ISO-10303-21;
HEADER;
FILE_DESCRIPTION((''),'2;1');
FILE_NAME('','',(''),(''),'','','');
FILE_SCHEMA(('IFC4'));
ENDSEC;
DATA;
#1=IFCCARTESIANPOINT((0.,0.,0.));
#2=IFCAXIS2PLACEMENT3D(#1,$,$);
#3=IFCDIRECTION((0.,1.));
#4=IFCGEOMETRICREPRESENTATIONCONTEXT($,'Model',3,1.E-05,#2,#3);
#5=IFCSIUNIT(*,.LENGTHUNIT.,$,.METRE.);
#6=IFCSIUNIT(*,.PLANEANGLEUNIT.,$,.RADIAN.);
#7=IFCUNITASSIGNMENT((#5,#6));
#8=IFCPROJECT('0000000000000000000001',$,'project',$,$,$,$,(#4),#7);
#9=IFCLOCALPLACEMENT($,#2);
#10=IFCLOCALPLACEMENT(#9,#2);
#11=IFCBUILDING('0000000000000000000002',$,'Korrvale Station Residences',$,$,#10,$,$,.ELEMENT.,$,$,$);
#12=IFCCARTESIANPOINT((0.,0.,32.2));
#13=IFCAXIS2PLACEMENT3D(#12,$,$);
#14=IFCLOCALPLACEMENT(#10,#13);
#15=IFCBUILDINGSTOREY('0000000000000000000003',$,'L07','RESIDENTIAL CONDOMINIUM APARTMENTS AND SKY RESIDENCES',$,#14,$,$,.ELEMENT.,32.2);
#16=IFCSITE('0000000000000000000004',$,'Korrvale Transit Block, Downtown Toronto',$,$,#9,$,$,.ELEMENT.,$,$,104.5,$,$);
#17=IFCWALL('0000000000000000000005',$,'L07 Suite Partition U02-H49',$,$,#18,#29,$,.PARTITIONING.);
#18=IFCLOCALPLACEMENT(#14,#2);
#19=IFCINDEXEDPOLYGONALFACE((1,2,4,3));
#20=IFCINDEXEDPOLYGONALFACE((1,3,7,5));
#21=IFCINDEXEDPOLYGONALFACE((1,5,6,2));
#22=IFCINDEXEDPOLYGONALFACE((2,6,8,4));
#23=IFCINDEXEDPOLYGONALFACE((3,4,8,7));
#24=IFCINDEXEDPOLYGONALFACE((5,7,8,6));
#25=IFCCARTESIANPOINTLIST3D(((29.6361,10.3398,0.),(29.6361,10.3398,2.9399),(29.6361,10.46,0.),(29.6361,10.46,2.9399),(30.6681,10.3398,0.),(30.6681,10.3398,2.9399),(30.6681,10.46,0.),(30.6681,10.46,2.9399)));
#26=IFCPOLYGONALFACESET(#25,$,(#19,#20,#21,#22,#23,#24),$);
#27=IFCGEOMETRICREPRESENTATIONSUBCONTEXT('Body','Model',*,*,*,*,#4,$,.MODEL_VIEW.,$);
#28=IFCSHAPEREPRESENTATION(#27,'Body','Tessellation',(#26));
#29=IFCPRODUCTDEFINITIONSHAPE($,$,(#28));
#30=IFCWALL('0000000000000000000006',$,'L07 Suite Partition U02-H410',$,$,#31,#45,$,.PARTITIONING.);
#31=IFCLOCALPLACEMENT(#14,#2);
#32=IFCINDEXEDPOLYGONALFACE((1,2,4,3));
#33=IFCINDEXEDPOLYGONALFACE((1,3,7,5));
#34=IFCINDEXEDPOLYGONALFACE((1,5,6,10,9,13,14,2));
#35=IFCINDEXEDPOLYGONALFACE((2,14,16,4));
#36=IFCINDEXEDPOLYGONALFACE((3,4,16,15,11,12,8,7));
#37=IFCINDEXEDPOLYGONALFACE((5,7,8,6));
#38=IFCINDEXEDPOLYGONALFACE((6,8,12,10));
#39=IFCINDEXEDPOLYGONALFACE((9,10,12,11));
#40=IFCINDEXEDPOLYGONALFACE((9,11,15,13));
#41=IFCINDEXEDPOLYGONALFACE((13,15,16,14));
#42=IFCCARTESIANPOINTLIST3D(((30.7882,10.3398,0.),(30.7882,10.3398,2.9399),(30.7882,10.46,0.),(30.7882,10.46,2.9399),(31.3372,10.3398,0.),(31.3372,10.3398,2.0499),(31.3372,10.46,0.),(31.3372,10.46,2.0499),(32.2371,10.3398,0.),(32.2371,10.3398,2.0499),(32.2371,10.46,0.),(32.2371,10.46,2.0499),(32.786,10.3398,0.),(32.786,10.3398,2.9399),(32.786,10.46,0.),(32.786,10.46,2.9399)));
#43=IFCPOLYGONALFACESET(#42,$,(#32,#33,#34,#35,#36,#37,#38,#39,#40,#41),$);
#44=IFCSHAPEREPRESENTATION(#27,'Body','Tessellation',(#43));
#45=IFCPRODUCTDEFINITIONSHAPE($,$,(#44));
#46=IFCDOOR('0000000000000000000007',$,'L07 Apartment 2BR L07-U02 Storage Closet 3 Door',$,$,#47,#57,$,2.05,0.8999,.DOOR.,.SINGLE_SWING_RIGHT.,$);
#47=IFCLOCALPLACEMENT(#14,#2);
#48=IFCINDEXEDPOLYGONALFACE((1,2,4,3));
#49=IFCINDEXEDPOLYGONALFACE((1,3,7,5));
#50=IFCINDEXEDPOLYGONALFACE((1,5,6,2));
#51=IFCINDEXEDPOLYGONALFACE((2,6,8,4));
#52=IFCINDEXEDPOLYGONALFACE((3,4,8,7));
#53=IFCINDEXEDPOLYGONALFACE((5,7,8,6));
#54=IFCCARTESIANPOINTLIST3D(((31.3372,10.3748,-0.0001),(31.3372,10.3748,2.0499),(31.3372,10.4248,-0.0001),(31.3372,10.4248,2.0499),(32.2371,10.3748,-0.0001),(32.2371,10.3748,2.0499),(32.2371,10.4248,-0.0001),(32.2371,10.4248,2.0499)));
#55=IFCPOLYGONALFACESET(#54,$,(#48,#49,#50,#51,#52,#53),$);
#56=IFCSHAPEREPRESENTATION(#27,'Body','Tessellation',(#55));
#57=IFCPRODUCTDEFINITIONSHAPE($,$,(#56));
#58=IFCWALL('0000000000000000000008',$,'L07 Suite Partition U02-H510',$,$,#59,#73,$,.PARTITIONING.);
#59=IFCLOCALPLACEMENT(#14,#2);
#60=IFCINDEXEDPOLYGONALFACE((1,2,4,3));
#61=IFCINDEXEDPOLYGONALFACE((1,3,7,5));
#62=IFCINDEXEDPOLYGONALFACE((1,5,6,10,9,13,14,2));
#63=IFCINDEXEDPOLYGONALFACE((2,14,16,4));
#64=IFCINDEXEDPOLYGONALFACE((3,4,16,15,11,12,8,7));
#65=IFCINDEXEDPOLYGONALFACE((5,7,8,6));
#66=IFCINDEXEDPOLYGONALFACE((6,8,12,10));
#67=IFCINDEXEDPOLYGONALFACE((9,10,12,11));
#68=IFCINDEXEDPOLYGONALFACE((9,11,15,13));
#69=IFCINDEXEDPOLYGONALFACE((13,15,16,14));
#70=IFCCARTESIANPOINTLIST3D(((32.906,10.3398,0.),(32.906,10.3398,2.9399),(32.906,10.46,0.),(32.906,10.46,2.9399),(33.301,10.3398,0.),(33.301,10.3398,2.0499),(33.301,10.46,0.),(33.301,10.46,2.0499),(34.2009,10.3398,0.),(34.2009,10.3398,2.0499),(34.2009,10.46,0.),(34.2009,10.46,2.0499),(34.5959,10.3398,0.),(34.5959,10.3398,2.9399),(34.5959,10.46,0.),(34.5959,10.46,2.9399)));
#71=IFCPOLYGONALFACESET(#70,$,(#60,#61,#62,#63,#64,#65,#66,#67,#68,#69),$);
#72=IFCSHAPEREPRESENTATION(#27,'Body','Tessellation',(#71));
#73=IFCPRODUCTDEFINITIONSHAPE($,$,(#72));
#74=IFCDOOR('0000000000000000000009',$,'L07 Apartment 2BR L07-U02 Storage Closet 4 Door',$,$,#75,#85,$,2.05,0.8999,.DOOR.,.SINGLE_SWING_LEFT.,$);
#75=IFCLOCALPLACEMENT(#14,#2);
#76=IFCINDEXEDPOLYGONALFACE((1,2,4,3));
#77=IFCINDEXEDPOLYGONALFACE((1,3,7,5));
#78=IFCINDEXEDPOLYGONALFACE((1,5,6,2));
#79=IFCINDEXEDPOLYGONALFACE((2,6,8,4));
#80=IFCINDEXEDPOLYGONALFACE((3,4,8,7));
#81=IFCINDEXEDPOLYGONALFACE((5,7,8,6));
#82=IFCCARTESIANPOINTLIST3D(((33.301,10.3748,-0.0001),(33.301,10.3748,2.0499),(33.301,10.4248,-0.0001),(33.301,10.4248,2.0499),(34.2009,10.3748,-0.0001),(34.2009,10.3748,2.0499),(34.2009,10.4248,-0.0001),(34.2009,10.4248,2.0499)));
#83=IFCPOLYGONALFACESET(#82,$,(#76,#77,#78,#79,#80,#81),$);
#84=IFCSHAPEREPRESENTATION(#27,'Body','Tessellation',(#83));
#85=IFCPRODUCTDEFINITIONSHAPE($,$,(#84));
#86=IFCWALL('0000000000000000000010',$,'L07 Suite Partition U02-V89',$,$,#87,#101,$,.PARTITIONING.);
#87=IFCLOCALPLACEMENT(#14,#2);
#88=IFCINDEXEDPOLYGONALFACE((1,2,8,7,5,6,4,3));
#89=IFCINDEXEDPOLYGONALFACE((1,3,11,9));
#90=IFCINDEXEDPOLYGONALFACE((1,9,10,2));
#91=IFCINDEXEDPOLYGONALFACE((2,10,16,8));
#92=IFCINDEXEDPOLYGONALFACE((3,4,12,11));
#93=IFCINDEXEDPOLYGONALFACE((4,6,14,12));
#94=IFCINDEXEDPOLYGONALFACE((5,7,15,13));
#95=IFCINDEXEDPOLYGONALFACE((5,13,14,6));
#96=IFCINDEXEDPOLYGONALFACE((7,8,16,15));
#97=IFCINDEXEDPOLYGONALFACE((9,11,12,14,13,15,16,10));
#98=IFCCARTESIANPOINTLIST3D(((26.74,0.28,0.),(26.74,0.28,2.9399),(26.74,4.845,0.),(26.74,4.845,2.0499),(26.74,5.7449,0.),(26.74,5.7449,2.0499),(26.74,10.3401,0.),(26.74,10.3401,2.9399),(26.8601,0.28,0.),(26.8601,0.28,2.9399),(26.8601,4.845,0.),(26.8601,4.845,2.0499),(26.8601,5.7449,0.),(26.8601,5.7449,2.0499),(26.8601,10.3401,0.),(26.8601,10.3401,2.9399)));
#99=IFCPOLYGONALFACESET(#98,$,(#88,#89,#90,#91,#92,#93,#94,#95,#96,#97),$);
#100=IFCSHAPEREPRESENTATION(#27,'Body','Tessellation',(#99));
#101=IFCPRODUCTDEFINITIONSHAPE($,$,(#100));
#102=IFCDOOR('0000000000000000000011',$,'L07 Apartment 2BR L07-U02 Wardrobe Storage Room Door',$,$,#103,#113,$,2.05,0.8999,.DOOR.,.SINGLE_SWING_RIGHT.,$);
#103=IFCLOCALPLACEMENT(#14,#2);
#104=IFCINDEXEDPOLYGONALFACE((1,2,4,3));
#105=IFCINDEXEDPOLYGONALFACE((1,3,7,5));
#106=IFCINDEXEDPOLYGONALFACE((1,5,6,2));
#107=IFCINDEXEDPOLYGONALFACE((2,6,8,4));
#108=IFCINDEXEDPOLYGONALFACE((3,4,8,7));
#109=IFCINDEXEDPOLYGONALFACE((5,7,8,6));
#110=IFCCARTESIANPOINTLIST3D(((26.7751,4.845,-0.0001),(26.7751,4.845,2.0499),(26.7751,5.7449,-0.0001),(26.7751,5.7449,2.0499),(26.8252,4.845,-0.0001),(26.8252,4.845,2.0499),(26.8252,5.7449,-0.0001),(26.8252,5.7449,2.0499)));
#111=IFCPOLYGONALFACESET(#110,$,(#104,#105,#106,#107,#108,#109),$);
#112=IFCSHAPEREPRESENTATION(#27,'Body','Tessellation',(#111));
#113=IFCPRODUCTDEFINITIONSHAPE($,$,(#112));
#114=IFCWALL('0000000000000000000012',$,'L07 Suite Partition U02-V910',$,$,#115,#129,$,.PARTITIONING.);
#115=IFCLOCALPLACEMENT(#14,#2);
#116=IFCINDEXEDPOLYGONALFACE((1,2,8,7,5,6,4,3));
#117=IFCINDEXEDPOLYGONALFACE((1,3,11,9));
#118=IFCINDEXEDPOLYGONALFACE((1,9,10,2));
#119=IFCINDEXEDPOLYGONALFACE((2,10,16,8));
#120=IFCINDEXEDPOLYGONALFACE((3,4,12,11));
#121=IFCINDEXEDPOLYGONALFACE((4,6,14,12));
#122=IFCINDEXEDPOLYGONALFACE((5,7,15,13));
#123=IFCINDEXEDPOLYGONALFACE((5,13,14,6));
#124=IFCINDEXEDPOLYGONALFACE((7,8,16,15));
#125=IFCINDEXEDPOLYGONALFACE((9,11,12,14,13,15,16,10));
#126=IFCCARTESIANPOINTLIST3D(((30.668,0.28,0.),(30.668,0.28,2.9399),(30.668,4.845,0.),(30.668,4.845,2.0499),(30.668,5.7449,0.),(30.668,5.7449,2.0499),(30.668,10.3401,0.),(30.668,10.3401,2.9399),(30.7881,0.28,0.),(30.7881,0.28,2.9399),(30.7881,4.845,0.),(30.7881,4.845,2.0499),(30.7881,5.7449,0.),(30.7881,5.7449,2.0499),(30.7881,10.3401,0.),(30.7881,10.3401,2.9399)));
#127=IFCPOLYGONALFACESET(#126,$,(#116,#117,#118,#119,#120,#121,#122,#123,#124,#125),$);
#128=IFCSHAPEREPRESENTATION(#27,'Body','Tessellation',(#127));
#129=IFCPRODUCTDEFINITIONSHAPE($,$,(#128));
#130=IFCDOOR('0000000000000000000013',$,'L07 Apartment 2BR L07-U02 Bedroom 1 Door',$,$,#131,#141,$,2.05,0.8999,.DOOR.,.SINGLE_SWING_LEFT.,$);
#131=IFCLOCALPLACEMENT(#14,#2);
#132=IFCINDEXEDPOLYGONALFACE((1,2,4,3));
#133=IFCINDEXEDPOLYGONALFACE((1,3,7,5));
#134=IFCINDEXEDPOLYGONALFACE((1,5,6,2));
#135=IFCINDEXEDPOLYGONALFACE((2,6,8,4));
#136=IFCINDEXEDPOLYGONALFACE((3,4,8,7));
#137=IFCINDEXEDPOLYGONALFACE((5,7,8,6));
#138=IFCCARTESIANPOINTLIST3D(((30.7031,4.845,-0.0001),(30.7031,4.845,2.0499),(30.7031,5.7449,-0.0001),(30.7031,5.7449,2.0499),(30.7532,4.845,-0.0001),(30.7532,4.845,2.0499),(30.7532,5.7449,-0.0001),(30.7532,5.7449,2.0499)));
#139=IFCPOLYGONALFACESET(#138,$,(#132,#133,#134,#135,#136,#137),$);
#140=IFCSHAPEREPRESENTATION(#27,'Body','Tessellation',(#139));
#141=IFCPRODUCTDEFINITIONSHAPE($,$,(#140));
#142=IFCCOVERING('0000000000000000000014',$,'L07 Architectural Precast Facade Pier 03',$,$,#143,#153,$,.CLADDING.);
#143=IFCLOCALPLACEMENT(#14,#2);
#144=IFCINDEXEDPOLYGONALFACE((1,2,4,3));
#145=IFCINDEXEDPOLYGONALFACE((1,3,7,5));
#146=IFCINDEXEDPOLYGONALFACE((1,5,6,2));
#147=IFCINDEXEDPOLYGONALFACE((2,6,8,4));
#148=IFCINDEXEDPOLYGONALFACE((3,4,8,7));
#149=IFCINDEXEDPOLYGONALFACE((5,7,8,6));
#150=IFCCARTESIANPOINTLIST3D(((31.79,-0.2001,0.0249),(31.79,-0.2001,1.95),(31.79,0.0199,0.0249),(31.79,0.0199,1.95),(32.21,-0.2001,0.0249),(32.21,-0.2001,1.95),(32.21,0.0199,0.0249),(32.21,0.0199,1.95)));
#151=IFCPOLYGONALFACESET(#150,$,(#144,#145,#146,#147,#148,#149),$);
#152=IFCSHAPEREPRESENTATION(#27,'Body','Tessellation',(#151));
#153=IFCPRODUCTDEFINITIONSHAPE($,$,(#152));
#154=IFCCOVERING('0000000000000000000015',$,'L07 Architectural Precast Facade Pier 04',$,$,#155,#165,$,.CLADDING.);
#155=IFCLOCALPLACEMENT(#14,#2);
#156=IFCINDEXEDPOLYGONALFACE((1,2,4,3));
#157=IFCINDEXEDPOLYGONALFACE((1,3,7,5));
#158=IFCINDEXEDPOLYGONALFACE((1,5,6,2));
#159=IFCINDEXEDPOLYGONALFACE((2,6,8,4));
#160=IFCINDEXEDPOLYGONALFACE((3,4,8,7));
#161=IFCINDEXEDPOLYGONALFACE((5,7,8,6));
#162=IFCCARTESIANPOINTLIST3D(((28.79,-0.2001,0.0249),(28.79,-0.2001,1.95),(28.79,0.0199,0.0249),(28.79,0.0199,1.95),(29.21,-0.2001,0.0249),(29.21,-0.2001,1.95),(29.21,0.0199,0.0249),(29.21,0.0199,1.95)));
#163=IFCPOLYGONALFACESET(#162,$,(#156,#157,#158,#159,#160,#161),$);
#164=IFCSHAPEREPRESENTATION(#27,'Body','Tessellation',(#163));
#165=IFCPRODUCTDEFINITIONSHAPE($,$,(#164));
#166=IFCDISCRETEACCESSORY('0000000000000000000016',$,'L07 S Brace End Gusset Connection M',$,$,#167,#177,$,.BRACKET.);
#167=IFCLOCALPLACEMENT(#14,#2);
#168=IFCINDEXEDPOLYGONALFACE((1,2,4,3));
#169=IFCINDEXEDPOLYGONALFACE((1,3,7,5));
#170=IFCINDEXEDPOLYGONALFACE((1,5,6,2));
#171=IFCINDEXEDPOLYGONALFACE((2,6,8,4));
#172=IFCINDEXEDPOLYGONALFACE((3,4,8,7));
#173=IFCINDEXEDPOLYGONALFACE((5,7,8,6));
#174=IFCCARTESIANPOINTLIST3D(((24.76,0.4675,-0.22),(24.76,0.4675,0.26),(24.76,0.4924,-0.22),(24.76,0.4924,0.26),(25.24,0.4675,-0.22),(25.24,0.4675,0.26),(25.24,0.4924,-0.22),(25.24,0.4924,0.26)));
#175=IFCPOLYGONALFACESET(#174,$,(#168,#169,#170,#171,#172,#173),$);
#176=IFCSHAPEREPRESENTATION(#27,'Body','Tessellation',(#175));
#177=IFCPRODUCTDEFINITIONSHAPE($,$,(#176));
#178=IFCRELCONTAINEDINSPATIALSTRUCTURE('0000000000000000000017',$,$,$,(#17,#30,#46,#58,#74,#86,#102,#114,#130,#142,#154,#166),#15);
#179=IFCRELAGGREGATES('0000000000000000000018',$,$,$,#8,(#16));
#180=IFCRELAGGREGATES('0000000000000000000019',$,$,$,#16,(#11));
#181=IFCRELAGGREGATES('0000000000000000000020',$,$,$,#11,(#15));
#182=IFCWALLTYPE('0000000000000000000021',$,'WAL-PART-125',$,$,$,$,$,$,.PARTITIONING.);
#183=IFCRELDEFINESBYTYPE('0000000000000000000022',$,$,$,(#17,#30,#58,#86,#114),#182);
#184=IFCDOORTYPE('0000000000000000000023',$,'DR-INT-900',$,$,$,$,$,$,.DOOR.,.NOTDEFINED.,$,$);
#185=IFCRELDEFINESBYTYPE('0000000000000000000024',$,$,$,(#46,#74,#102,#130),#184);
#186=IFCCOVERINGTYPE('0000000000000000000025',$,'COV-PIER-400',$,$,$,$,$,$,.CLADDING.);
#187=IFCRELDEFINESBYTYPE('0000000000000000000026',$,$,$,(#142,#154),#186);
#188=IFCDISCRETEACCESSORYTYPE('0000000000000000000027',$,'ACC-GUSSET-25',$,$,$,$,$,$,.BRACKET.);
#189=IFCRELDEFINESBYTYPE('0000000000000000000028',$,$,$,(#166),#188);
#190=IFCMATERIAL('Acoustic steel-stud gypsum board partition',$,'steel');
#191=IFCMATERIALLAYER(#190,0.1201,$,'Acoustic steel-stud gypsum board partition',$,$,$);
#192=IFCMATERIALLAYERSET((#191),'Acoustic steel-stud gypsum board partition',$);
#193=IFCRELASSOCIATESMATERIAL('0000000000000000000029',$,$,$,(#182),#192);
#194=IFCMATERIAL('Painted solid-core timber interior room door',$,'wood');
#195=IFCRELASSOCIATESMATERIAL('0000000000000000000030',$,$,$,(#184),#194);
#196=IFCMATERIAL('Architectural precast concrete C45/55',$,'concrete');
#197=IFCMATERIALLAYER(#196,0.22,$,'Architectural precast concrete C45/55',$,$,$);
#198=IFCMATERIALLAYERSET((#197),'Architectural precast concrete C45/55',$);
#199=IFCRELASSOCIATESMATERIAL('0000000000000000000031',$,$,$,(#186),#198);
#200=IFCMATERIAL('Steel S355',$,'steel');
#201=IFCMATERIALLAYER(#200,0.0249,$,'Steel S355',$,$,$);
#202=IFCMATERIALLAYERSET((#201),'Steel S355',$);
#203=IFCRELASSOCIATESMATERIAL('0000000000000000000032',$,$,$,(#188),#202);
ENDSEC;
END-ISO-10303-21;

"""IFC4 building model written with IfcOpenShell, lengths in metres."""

from ifc_helpers import new_model, si_unit, direction, frame, frame_2d, origin, origin_2d, place, context, subcontext, project, spatial, rectangle, extrude, material, layer, layer_set, type_object, element, fill, save


model = new_model("IFC4")

# Units and contexts
model_context = context("Model", 3, precision=1e-05, world=origin(), true_north=direction((0.0, 1.0)))
body_context = subcontext(model_context, "Body", "Model", "MODEL_VIEW")
ifc_project = project(units=[si_unit("LENGTHUNIT", "METRE"), si_unit("PLANEANGLEUNIT", "RADIAN")], contexts=[model_context])

# Site, building, storey
site_placement = place(None, origin())
site = spatial("IfcSite", under=ifc_project, at=site_placement, Name="Korrvale Transit Block, Downtown Toronto", CompositionType="ELEMENT", RefElevation=104.5)
building_placement = place(site_placement, origin())
building = spatial("IfcBuilding", under=site, at=building_placement, Name="Korrvale Station Residences", CompositionType="ELEMENT")
storey_placement = place(building_placement, frame((0.0, 0.0, 32.2)))
storey = spatial("IfcBuildingStorey", under=building, at=storey_placement, Name="L07", Description="RESIDENTIAL CONDOMINIUM APARTMENTS AND SKY RESIDENCES", CompositionType="ELEMENT", Elevation=32.2)

# Shared definitions
ifc_material_1 = material(Name="Steel S355", Category="steel")

# Shared definitions
ifc_material_2 = material(Name="Acoustic steel-stud gypsum board partition", Category="steel")
ifc_layer_1 = layer(ifc_material_2, 0.1201, Name="Acoustic steel-stud gypsum board partition")
ifc_layer_set_1 = layer_set([ifc_layer_1], Name="Acoustic steel-stud gypsum board partition")
wall_type = type_object("IfcWallType", Name="WAL-PART-125", PredefinedType="PARTITIONING", material=ifc_layer_set_1)
ifc_material_3 = material(Name="Painted solid-core timber interior room door", Category="wood")
door_type = type_object("IfcDoorType", Name="DR-INT-900", OperationType="NOTDEFINED", PredefinedType="DOOR", material=ifc_material_3)

# Wall
wall_1_placement = place(storey_placement, frame((29.636, 10.3999, 0.0), z_axis=(0.0, 0.0, 1.0), x_axis=(1.0, 0.0, 0.0)))
element("IfcWall", 1, at=wall_1_placement, inside=storey, type_object=wall_type, Name="L07 Suite Partition U02-H49", PredefinedType="PARTITIONING", context=body_context, shape_type="SweptSolid", body=[
    extrude(rectangle(XDim=1.032, YDim=0.1201, at=frame_2d((0.5161, 0.0))), origin(), (0.0, 0.0, 1.0), 2.9399),
])

# Walls, openings, doors
wall_2_placement = place(storey_placement, frame((30.7881, 10.3999, 0.0), z_axis=(0.0, 0.0, 1.0), x_axis=(1.0, 0.0, 0.0)))
wall_2 = element("IfcWall", 2, at=wall_2_placement, inside=storey, type_object=wall_type, Name="L07 Suite Partition U02-H410", PredefinedType="PARTITIONING", context=body_context, shape_type="SweptSolid", body=[
    extrude(rectangle(XDim=1.9978, YDim=0.1201, at=frame_2d((0.999, 0.0))), origin(), (0.0, 0.0, 1.0), 2.9399),
])
opening_1_placement = place(wall_2_placement, frame((0.5491, 0.0, 0.0)))
opening_1 = element("IfcOpeningElement", 3, at=opening_1_placement, cuts=wall_2, PredefinedType="OPENING", context=body_context, shape_type="SweptSolid", body=[
    extrude(rectangle(XDim=0.8999, YDim=2.05, at=frame_2d((0.45, 1.0249))), frame((0.0, 0.0701, 0.0), z_axis=(0.0, -1.0, 0.0), x_axis=(1.0, 0.0, 0.0)), (0.0, 0.0, 1.0), 0.1401),
])
door_1_placement = place(opening_1_placement, origin())
door_1 = element("IfcDoor", 4, at=door_1_placement, inside=storey, type_object=door_type, Name="L07 Apartment 2BR L07-U02 Storage Closet 3 Door", OperationType="SINGLE_SWING_RIGHT", OverallHeight=2.05, OverallWidth=0.8999, PredefinedType="DOOR", context=body_context, shape_type="SweptSolid", body=[
    extrude(rectangle(XDim=0.8999, YDim=2.05, at=frame_2d((0.45, 1.0249))), frame((0.0, 0.0249, 0.0), z_axis=(0.0, -1.0, 0.0), x_axis=(1.0, 0.0, 0.0)), (0.0, 0.0, 1.0), 0.05),
])
fill(opening_1, door_1)
wall_3_placement = place(storey_placement, frame((32.906, 10.3999, 0.0), z_axis=(0.0, 0.0, 1.0), x_axis=(1.0, 0.0, 0.0)))
wall_3 = element("IfcWall", 5, at=wall_3_placement, inside=storey, type_object=wall_type, Name="L07 Suite Partition U02-H510", PredefinedType="PARTITIONING", context=body_context, shape_type="SweptSolid", body=[
    extrude(rectangle(XDim=1.6899, YDim=0.1201, at=frame_2d((0.845, 0.0))), origin(), (0.0, 0.0, 1.0), 2.9399),
])
opening_2_placement = place(wall_3_placement, frame((0.395, 0.0, 0.0)))
opening_2 = element("IfcOpeningElement", 6, at=opening_2_placement, cuts=wall_3, PredefinedType="OPENING", context=body_context, shape_type="SweptSolid", body=[
    extrude(rectangle(XDim=0.8999, YDim=2.05, at=frame_2d((0.45, 1.0249))), frame((0.0, 0.0701, 0.0), z_axis=(0.0, -1.0, 0.0), x_axis=(1.0, 0.0, 0.0)), (0.0, 0.0, 1.0), 0.1401),
])
door_2_placement = place(opening_2_placement, origin())
door_2 = element("IfcDoor", 7, at=door_2_placement, inside=storey, type_object=door_type, Name="L07 Apartment 2BR L07-U02 Storage Closet 4 Door", OperationType="SINGLE_SWING_LEFT", OverallHeight=2.05, OverallWidth=0.8999, PredefinedType="DOOR", context=body_context, shape_type="SweptSolid", body=[
    extrude(rectangle(XDim=0.8999, YDim=2.05, at=frame_2d((0.45, 1.0249))), frame((0.0, 0.0249, 0.0), z_axis=(0.0, -1.0, 0.0), x_axis=(1.0, 0.0, 0.0)), (0.0, 0.0, 1.0), 0.05),
])
fill(opening_2, door_2)
wall_4_placement = place(storey_placement, frame((26.8, 0.28, 0.0), z_axis=(0.0, 0.0, 1.0), x_axis=(0.0, 1.0, 0.0)))
wall_4 = element("IfcWall", 8, at=wall_4_placement, inside=storey, type_object=wall_type, Name="L07 Suite Partition U02-V89", PredefinedType="PARTITIONING", context=body_context, shape_type="SweptSolid", body=[
    extrude(rectangle(XDim=10.0601, YDim=0.1201, at=frame_2d((5.03, 0.0))), origin(), (0.0, 0.0, 1.0), 2.9399),
])
opening_3_placement = place(wall_4_placement, frame((4.5649, 0.0, 0.0)))
opening_3 = element("IfcOpeningElement", 9, at=opening_3_placement, cuts=wall_4, PredefinedType="OPENING", context=body_context, shape_type="SweptSolid", body=[
    extrude(rectangle(XDim=0.8999, YDim=2.05, at=frame_2d((0.45, 1.0249))), frame((0.0, 0.0701, 0.0), z_axis=(0.0, -1.0, 0.0), x_axis=(1.0, 0.0, 0.0)), (0.0, 0.0, 1.0), 0.1401),
])
door_3_placement = place(opening_3_placement, origin())
door_3 = element("IfcDoor", 10, at=door_3_placement, inside=storey, type_object=door_type, Name="L07 Apartment 2BR L07-U02 Wardrobe Storage Room Door", OperationType="SINGLE_SWING_RIGHT", OverallHeight=2.05, OverallWidth=0.8999, PredefinedType="DOOR", context=body_context, shape_type="SweptSolid", body=[
    extrude(rectangle(XDim=0.8999, YDim=2.05, at=frame_2d((0.45, 1.0249))), frame((0.0, 0.0249, 0.0), z_axis=(0.0, -1.0, 0.0), x_axis=(1.0, 0.0, 0.0)), (0.0, 0.0, 1.0), 0.05),
])
fill(opening_3, door_3)
wall_5_placement = place(storey_placement, frame((30.728, 0.28, 0.0), z_axis=(0.0, 0.0, 1.0), x_axis=(0.0, 1.0, 0.0)))
wall_5 = element("IfcWall", 11, at=wall_5_placement, inside=storey, type_object=wall_type, Name="L07 Suite Partition U02-V910", PredefinedType="PARTITIONING", context=body_context, shape_type="SweptSolid", body=[
    extrude(rectangle(XDim=10.0601, YDim=0.1201, at=frame_2d((5.03, 0.0))), origin(), (0.0, 0.0, 1.0), 2.9399),
])
opening_4_placement = place(wall_5_placement, frame((4.5649, 0.0, 0.0)))
opening_4 = element("IfcOpeningElement", 12, at=opening_4_placement, cuts=wall_5, PredefinedType="OPENING", context=body_context, shape_type="SweptSolid", body=[
    extrude(rectangle(XDim=0.8999, YDim=2.05, at=frame_2d((0.45, 1.0249))), frame((0.0, 0.0701, 0.0), z_axis=(0.0, -1.0, 0.0), x_axis=(1.0, 0.0, 0.0)), (0.0, 0.0, 1.0), 0.1401),
])
door_4_placement = place(opening_4_placement, origin())
door_4 = element("IfcDoor", 13, at=door_4_placement, inside=storey, type_object=door_type, Name="L07 Apartment 2BR L07-U02 Bedroom 1 Door", OperationType="SINGLE_SWING_LEFT", OverallHeight=2.05, OverallWidth=0.8999, PredefinedType="DOOR", context=body_context, shape_type="SweptSolid", body=[
    extrude(rectangle(XDim=0.8999, YDim=2.05, at=frame_2d((0.45, 1.0249))), frame((0.0, 0.0249, 0.0), z_axis=(0.0, -1.0, 0.0), x_axis=(1.0, 0.0, 0.0)), (0.0, 0.0, 1.0), 0.05),
])
fill(opening_4, door_4)

# Coverings
ifc_material_4 = material(Name="Architectural precast concrete C45/55", Category="concrete")
ifc_layer_2 = layer(ifc_material_4, 0.22, Name="Architectural precast concrete C45/55")
ifc_layer_set_2 = layer_set([ifc_layer_2], Name="Architectural precast concrete C45/55")
covering_type = type_object("IfcCoveringType", Name="COV-PIER-400", PredefinedType="CLADDING", material=ifc_layer_set_2)
for number, where, z_axis, x_axis, name in (
    (14, (32.0, -0.0901, 0.0249), (0.0, 0.0, 1.0), (1.0, 0.0, 0.0), "L07 Architectural Precast Facade Pier 03"),
    (15, (29.0, -0.0901, 0.0249), (0.0, 0.0, 1.0), (1.0, 0.0, 0.0), "L07 Architectural Precast Facade Pier 04"),
):
    element("IfcCovering", number, at=place(storey_placement, frame(where, z_axis=z_axis, x_axis=x_axis)), inside=storey, type_object=covering_type, Name=name, PredefinedType="CLADDING", context=body_context, shape_type="SweptSolid", body=[
        extrude(rectangle(XDim=0.4199, YDim=0.22, at=origin_2d()), origin(), (0.0, 0.0, 1.0), 1.925),
    ])

# Discrete accessory
ifc_layer_3 = layer(ifc_material_1, 0.0249, Name="Steel S355")
ifc_layer_set_3 = layer_set([ifc_layer_3], Name="Steel S355")
discrete_accessory_type = type_object("IfcDiscreteAccessoryType", Name="ACC-GUSSET-25", PredefinedType="BRACKET", material=ifc_layer_set_3)
for number, where, z_axis, x_axis, name in (
    (16, (25.0, 0.48, -0.22), (0.0, 0.0, 1.0), (1.0, 0.0, 0.0), "L07 S Brace End Gusset Connection M"),
):
    element("IfcDiscreteAccessory", number, at=place(storey_placement, frame(where, z_axis=z_axis, x_axis=x_axis)), inside=storey, type_object=discrete_accessory_type, Name=name, PredefinedType="BRACKET", context=body_context, shape_type="SweptSolid", body=[
        extrude(rectangle(XDim=0.48, YDim=0.0249, at=origin_2d()), origin(), (0.0, 0.0, 1.0), 0.48),
    ])

save(model, "model.ifc")
